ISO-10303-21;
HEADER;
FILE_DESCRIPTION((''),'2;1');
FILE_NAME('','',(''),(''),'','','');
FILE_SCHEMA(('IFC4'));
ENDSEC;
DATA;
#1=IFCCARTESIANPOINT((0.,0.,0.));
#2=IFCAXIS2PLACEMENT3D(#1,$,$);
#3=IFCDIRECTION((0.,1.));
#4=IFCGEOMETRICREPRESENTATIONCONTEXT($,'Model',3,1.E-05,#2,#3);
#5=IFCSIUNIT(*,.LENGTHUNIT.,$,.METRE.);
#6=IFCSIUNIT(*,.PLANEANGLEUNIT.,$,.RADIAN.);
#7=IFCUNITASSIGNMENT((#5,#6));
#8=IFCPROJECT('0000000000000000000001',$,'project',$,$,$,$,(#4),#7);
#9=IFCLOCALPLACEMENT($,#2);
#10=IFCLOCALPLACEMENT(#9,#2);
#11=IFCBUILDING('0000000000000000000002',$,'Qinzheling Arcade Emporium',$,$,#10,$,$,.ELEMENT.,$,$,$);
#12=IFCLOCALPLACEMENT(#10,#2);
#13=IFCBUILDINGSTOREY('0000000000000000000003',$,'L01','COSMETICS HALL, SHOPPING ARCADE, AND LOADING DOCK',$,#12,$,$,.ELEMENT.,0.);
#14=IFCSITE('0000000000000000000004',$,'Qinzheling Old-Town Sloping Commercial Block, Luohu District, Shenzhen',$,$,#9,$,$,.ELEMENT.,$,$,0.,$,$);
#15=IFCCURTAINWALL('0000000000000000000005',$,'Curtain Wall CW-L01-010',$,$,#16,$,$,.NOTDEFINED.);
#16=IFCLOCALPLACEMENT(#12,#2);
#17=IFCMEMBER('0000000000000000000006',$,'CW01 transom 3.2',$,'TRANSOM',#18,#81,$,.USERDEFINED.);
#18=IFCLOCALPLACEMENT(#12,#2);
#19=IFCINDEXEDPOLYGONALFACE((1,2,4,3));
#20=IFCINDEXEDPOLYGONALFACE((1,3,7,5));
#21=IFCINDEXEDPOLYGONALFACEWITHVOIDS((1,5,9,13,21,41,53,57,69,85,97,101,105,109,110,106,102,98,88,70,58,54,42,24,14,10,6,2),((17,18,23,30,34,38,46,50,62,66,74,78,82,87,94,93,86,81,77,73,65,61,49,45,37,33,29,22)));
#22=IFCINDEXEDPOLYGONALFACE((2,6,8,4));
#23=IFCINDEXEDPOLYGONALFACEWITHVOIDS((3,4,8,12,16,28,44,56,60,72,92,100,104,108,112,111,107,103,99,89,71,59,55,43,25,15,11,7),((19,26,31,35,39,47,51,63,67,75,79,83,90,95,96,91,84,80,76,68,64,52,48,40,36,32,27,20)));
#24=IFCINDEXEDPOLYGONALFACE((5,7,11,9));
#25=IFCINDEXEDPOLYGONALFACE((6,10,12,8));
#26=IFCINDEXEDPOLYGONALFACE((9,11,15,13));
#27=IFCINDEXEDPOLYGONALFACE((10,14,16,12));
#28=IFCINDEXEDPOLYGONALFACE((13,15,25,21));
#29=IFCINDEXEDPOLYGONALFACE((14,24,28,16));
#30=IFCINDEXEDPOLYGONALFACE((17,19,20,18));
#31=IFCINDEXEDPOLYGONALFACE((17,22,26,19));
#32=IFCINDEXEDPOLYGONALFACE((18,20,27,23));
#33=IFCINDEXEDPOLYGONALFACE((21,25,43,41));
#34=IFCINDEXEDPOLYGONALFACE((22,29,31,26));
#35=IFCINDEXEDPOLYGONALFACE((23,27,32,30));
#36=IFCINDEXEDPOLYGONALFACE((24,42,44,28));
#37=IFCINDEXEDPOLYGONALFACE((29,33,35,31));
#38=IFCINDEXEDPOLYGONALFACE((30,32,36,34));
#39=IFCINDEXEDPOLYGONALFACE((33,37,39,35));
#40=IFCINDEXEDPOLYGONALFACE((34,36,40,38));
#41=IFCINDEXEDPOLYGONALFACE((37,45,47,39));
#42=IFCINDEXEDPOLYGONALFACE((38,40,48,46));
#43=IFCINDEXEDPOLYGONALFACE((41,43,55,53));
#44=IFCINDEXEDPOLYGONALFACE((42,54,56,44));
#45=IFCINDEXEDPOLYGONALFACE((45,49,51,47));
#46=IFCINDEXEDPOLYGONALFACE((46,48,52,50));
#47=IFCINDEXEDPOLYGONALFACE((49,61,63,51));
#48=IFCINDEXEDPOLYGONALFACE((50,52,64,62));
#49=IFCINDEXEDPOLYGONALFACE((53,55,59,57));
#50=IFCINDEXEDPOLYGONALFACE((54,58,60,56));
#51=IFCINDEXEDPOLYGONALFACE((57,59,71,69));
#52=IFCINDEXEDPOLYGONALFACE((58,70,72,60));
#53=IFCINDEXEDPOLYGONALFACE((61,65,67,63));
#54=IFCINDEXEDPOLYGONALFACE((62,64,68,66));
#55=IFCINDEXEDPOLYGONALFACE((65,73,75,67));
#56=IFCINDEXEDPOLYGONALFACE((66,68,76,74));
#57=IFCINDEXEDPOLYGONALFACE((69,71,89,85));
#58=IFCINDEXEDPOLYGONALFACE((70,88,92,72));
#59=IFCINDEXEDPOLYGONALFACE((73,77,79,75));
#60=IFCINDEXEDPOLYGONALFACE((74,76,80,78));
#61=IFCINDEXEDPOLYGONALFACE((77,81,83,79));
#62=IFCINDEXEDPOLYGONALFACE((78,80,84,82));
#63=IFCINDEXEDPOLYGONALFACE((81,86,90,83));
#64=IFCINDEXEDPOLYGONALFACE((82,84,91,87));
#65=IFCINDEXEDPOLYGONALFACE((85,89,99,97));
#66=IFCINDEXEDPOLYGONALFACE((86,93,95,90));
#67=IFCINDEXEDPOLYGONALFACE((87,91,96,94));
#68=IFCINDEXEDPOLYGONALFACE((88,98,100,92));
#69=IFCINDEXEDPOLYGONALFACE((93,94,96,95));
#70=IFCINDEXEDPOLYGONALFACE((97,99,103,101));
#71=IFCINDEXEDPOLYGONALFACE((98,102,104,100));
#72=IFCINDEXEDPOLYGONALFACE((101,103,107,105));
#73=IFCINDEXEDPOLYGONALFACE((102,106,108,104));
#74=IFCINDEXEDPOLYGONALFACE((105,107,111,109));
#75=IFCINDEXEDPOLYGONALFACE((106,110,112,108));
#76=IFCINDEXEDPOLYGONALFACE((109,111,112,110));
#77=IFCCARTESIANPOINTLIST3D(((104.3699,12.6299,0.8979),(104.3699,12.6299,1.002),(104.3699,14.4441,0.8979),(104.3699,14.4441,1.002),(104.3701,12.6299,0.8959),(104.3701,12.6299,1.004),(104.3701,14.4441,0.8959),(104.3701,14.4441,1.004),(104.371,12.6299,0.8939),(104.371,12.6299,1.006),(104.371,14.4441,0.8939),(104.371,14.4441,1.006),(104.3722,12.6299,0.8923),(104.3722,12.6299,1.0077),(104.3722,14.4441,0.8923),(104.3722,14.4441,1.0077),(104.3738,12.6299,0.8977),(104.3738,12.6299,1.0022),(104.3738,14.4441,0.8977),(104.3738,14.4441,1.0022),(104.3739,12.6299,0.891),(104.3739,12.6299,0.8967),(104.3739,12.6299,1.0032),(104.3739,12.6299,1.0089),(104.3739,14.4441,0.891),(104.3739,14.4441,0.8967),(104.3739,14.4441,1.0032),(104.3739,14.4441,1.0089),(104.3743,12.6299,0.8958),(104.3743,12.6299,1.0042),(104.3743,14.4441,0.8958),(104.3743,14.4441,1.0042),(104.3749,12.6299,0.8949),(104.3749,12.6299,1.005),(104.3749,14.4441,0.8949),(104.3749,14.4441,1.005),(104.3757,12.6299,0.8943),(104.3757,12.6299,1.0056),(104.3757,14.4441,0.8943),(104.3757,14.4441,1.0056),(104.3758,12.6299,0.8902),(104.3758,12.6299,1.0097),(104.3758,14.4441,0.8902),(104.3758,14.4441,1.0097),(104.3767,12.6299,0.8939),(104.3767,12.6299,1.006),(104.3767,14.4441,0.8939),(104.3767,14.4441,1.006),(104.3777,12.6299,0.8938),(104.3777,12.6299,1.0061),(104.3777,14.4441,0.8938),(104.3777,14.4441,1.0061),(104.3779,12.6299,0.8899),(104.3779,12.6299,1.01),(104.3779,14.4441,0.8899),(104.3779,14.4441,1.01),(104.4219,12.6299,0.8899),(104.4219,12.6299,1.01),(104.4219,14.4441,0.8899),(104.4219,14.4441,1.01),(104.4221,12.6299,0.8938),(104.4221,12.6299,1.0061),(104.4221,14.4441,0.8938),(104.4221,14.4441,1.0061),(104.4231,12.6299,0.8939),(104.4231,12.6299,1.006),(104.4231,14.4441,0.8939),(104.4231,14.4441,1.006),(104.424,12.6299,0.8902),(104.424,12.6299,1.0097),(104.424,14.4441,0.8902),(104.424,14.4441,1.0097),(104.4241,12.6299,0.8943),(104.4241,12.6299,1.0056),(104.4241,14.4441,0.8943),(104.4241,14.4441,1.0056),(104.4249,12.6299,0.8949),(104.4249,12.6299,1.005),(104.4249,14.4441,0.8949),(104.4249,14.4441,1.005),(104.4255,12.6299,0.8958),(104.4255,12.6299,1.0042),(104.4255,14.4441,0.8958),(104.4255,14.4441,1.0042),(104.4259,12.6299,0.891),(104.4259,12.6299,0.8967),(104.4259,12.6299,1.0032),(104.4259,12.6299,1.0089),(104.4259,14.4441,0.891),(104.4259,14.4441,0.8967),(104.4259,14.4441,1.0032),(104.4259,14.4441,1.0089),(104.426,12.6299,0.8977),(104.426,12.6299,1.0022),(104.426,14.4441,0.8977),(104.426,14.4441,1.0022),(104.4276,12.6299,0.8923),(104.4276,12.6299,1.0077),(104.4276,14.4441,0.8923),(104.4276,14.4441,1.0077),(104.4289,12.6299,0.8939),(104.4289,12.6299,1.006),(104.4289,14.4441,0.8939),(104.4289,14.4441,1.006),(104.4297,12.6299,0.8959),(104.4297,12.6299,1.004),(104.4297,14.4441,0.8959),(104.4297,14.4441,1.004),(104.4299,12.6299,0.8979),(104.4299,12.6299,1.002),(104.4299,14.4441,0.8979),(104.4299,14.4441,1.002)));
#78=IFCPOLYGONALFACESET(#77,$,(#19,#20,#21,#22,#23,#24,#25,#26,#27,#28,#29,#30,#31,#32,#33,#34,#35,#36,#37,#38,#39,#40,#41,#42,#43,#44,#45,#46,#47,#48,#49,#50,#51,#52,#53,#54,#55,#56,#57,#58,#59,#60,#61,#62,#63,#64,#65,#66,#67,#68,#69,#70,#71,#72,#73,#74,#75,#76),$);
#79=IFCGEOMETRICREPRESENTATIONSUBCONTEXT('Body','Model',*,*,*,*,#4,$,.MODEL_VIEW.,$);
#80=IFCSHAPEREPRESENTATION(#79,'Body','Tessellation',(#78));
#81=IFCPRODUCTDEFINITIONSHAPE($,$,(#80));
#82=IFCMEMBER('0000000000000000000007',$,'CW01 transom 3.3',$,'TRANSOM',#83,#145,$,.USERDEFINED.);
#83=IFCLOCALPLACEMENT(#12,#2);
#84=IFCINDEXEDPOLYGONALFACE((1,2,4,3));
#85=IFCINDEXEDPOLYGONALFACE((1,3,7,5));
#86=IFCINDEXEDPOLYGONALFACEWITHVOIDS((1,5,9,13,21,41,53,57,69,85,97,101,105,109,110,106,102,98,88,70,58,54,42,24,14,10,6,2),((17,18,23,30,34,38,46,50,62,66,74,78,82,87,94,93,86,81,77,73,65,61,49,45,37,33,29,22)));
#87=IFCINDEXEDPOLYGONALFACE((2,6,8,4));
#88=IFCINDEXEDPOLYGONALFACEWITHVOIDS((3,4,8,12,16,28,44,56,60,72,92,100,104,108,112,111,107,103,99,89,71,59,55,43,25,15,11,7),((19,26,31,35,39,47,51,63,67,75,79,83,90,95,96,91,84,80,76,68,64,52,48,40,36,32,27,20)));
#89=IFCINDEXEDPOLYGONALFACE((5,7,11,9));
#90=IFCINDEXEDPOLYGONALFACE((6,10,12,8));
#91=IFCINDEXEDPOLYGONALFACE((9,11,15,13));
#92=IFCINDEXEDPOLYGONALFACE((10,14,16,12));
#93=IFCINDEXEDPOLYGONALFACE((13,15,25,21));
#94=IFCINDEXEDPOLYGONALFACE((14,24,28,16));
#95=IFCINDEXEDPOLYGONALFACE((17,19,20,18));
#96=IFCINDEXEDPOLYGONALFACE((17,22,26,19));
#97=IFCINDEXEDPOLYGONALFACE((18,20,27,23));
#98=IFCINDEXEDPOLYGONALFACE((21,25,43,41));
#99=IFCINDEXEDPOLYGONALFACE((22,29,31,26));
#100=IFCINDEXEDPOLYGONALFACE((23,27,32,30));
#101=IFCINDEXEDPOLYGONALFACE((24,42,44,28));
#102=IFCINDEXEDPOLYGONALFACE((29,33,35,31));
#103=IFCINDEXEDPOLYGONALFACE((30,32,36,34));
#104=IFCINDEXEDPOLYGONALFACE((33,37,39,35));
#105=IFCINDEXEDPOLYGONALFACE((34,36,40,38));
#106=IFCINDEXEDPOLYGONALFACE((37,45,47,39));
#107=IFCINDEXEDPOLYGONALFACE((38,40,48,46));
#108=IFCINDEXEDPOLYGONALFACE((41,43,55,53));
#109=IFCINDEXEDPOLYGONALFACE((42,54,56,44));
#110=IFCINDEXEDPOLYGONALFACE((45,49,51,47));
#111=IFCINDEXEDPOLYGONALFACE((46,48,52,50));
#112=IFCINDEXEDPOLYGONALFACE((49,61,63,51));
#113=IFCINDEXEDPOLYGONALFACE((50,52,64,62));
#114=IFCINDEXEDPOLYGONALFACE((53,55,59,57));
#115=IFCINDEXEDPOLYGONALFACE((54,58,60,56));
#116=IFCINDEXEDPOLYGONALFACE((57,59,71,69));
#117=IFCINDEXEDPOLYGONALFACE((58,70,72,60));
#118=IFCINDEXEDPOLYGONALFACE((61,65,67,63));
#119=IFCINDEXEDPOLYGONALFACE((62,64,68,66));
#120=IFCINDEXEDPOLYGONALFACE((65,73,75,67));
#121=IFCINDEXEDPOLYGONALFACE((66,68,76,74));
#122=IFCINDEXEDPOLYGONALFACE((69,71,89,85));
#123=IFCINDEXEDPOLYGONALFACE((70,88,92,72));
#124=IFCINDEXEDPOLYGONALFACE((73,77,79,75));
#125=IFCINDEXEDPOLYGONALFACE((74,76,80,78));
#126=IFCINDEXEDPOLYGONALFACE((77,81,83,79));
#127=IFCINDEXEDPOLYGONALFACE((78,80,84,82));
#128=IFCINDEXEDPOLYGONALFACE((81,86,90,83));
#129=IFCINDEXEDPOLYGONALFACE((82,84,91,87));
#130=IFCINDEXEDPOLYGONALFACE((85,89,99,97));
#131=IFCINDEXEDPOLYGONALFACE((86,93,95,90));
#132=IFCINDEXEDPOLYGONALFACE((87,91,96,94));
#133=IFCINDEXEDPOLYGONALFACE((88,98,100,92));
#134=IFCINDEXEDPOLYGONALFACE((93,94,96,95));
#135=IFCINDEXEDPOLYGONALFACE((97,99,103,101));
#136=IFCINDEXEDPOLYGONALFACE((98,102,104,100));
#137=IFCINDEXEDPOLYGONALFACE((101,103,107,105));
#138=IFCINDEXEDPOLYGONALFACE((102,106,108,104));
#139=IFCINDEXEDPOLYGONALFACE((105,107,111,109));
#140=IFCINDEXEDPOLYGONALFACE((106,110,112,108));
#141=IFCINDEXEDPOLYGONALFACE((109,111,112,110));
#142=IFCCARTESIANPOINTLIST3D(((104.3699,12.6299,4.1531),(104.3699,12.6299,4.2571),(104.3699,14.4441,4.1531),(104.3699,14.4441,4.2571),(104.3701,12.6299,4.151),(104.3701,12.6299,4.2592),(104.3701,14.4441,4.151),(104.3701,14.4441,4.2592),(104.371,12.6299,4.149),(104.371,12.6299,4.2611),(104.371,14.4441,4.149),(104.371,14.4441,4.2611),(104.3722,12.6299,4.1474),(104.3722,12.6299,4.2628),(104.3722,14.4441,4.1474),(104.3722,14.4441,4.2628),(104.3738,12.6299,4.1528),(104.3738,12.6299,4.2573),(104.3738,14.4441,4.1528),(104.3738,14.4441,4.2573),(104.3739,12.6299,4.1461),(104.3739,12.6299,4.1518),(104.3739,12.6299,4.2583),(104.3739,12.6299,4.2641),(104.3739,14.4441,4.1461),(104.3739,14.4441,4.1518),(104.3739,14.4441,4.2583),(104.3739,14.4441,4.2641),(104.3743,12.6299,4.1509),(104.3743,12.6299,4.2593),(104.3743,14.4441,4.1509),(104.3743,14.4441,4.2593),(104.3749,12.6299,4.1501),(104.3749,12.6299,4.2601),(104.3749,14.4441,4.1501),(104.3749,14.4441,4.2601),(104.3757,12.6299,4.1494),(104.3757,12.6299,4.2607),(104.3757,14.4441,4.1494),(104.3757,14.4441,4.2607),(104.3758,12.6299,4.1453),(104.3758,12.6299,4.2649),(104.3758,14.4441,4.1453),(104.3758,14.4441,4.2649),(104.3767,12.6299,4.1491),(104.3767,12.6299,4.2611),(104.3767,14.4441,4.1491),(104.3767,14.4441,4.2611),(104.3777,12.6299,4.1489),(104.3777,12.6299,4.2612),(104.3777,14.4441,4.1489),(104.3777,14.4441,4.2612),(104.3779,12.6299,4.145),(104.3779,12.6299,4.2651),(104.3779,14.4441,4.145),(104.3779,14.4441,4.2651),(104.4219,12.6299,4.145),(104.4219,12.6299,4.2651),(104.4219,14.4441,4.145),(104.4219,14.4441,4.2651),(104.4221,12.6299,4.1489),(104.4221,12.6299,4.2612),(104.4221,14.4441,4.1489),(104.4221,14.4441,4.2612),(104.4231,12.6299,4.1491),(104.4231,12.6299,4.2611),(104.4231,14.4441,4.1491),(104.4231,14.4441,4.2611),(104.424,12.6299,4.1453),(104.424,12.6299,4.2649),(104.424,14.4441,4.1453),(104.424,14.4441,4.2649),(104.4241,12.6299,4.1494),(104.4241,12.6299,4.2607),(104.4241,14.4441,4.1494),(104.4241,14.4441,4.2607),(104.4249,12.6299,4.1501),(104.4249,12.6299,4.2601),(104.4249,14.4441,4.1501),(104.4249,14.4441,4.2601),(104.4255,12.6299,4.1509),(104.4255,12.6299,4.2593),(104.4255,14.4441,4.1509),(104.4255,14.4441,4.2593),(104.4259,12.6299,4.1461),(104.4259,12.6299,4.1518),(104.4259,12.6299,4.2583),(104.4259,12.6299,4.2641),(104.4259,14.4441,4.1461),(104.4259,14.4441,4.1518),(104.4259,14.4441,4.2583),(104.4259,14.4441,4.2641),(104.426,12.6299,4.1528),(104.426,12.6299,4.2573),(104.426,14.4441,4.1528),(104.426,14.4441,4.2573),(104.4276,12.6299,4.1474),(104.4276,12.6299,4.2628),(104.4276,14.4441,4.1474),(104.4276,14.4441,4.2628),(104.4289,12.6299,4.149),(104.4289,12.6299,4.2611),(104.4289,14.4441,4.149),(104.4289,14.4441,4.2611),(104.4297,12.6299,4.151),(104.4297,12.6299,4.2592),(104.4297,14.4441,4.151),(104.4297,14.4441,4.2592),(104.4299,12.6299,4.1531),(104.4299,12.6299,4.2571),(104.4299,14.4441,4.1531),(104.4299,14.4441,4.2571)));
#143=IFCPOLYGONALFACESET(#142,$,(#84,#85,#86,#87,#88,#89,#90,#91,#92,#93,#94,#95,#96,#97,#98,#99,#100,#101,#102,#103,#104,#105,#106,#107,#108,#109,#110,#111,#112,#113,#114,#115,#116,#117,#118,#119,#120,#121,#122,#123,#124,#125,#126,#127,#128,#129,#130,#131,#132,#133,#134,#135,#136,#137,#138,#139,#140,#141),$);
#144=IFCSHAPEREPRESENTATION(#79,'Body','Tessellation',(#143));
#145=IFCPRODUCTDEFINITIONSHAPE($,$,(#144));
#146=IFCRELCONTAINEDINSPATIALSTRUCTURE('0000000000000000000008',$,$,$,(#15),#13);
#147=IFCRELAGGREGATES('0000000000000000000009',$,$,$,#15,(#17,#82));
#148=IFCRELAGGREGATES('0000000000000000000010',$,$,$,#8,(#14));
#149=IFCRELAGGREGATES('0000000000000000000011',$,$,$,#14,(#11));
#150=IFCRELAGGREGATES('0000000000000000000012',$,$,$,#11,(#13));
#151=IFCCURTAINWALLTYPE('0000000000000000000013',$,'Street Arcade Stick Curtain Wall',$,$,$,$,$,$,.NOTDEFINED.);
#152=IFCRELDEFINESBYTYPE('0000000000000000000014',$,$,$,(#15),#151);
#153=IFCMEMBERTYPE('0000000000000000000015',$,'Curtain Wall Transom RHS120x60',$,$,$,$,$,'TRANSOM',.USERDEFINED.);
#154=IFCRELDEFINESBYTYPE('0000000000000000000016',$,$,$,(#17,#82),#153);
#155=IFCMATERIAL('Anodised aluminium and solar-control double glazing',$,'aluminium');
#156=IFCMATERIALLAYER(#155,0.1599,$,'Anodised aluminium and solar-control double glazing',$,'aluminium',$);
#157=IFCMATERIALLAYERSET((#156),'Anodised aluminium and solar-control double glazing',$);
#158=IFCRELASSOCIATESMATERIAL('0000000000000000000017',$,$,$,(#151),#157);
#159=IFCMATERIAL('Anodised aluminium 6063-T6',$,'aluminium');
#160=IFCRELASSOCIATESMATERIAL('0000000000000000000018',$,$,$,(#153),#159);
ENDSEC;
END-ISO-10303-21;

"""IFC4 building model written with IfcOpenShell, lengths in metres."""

from ifc_helpers import new_model, si_unit, direction, frame, origin, origin_2d, place, context, subcontext, project, spatial, hollow_rectangle, extrude, material, layer, layer_set, material_profile, profile_set, type_object, element, aggregate, save


model = new_model("IFC4")

# Units and contexts
model_context = context("Model", 3, precision=1e-05, world=origin(), true_north=direction((0.0, 1.0)))
body_context = subcontext(model_context, "Body", "Model", "MODEL_VIEW")
ifc_project = project(units=[si_unit("LENGTHUNIT", "METRE"), si_unit("PLANEANGLEUNIT", "RADIAN")], contexts=[model_context])

# Site, building, storey
site_placement = place(None, origin())
site = spatial("IfcSite", under=ifc_project, at=site_placement, Name="Qinzheling Old-Town Sloping Commercial Block, Luohu District, Shenzhen", CompositionType="ELEMENT", RefElevation=0.0)
building_placement = place(site_placement, origin())
building = spatial("IfcBuilding", under=site, at=building_placement, Name="Qinzheling Arcade Emporium", CompositionType="ELEMENT")
storey_placement = place(building_placement, origin())
storey = spatial("IfcBuildingStorey", under=building, at=storey_placement, Name="L01", Description="COSMETICS HALL, SHOPPING ARCADE, AND LOADING DOCK", CompositionType="ELEMENT", Elevation=0.0)

# Curtain wall, members
ifc_material_1 = material(Name="Anodised aluminium and solar-control double glazing", Category="aluminium")
ifc_layer_1 = layer(ifc_material_1, 0.1599, Name="Anodised aluminium and solar-control double glazing", Category="aluminium")
ifc_layer_set_1 = layer_set([ifc_layer_1], Name="Anodised aluminium and solar-control double glazing")
curtain_wall_type = type_object("IfcCurtainWallType", Name="Street Arcade Stick Curtain Wall", PredefinedType="NOTDEFINED", material=ifc_layer_set_1)
curtain_wall_placement = place(storey_placement, origin())
curtain_wall = element("IfcCurtainWall", 1, at=curtain_wall_placement, inside=storey, type_object=curtain_wall_type, Name="Curtain Wall CW-L01-010", PredefinedType="NOTDEFINED")
ifc_material_2 = material(Name="Anodised aluminium 6063-T6", Category="aluminium")
ifc_material_profile_1 = material_profile(ifc_material_2, hollow_rectangle(XDim=0.0601, YDim=0.1201, WallThickness=0.0039, InnerFilletRadius=0.0039, OuterFilletRadius=0.0081, at=origin_2d()), Name="RHS 120x60x4", Category="aluminium")
ifc_profile_set_1 = profile_set([ifc_material_profile_1], Name="Anodised aluminium 6063-T6")
member_type_1 = type_object("IfcMemberType", Name="Curtain Wall Transom RHS120x60", ElementType="TRANSOM", PredefinedType="USERDEFINED", material=ifc_profile_set_1)
member_1_placement = place(storey_placement, frame((104.3999, 12.6299, 0.95), z_axis=(0.0, 1.0, 0.0), x_axis=(-1.0, 0.0, 0.0)))
member_1 = element("IfcMember", 2, at=member_1_placement, type_object=member_type_1, Name="CW01 transom 3.2", ObjectType="TRANSOM", PredefinedType="USERDEFINED", context=body_context, shape_type="SweptSolid", body=[
    extrude(hollow_rectangle(XDim=0.0601, YDim=0.1201, WallThickness=0.0039, InnerFilletRadius=0.0039, OuterFilletRadius=0.0081, at=origin_2d()), origin(), (0.0, 0.0, 1.0), 1.8142),
])
member_2_placement = place(storey_placement, frame((104.3999, 12.6299, 4.2051), z_axis=(0.0, 1.0, 0.0), x_axis=(-1.0, 0.0, 0.0)))
member_2 = element("IfcMember", 3, at=member_2_placement, type_object=member_type_1, Name="CW01 transom 3.3", ObjectType="TRANSOM", PredefinedType="USERDEFINED", context=body_context, shape_type="SweptSolid", body=[
    extrude(hollow_rectangle(XDim=0.0601, YDim=0.1201, WallThickness=0.0039, InnerFilletRadius=0.0039, OuterFilletRadius=0.0081, at=origin_2d()), origin(), (0.0, 0.0, 1.0), 1.8142),
])

aggregate(curtain_wall, [member_1, member_2])

save(model, "model.ifc")
